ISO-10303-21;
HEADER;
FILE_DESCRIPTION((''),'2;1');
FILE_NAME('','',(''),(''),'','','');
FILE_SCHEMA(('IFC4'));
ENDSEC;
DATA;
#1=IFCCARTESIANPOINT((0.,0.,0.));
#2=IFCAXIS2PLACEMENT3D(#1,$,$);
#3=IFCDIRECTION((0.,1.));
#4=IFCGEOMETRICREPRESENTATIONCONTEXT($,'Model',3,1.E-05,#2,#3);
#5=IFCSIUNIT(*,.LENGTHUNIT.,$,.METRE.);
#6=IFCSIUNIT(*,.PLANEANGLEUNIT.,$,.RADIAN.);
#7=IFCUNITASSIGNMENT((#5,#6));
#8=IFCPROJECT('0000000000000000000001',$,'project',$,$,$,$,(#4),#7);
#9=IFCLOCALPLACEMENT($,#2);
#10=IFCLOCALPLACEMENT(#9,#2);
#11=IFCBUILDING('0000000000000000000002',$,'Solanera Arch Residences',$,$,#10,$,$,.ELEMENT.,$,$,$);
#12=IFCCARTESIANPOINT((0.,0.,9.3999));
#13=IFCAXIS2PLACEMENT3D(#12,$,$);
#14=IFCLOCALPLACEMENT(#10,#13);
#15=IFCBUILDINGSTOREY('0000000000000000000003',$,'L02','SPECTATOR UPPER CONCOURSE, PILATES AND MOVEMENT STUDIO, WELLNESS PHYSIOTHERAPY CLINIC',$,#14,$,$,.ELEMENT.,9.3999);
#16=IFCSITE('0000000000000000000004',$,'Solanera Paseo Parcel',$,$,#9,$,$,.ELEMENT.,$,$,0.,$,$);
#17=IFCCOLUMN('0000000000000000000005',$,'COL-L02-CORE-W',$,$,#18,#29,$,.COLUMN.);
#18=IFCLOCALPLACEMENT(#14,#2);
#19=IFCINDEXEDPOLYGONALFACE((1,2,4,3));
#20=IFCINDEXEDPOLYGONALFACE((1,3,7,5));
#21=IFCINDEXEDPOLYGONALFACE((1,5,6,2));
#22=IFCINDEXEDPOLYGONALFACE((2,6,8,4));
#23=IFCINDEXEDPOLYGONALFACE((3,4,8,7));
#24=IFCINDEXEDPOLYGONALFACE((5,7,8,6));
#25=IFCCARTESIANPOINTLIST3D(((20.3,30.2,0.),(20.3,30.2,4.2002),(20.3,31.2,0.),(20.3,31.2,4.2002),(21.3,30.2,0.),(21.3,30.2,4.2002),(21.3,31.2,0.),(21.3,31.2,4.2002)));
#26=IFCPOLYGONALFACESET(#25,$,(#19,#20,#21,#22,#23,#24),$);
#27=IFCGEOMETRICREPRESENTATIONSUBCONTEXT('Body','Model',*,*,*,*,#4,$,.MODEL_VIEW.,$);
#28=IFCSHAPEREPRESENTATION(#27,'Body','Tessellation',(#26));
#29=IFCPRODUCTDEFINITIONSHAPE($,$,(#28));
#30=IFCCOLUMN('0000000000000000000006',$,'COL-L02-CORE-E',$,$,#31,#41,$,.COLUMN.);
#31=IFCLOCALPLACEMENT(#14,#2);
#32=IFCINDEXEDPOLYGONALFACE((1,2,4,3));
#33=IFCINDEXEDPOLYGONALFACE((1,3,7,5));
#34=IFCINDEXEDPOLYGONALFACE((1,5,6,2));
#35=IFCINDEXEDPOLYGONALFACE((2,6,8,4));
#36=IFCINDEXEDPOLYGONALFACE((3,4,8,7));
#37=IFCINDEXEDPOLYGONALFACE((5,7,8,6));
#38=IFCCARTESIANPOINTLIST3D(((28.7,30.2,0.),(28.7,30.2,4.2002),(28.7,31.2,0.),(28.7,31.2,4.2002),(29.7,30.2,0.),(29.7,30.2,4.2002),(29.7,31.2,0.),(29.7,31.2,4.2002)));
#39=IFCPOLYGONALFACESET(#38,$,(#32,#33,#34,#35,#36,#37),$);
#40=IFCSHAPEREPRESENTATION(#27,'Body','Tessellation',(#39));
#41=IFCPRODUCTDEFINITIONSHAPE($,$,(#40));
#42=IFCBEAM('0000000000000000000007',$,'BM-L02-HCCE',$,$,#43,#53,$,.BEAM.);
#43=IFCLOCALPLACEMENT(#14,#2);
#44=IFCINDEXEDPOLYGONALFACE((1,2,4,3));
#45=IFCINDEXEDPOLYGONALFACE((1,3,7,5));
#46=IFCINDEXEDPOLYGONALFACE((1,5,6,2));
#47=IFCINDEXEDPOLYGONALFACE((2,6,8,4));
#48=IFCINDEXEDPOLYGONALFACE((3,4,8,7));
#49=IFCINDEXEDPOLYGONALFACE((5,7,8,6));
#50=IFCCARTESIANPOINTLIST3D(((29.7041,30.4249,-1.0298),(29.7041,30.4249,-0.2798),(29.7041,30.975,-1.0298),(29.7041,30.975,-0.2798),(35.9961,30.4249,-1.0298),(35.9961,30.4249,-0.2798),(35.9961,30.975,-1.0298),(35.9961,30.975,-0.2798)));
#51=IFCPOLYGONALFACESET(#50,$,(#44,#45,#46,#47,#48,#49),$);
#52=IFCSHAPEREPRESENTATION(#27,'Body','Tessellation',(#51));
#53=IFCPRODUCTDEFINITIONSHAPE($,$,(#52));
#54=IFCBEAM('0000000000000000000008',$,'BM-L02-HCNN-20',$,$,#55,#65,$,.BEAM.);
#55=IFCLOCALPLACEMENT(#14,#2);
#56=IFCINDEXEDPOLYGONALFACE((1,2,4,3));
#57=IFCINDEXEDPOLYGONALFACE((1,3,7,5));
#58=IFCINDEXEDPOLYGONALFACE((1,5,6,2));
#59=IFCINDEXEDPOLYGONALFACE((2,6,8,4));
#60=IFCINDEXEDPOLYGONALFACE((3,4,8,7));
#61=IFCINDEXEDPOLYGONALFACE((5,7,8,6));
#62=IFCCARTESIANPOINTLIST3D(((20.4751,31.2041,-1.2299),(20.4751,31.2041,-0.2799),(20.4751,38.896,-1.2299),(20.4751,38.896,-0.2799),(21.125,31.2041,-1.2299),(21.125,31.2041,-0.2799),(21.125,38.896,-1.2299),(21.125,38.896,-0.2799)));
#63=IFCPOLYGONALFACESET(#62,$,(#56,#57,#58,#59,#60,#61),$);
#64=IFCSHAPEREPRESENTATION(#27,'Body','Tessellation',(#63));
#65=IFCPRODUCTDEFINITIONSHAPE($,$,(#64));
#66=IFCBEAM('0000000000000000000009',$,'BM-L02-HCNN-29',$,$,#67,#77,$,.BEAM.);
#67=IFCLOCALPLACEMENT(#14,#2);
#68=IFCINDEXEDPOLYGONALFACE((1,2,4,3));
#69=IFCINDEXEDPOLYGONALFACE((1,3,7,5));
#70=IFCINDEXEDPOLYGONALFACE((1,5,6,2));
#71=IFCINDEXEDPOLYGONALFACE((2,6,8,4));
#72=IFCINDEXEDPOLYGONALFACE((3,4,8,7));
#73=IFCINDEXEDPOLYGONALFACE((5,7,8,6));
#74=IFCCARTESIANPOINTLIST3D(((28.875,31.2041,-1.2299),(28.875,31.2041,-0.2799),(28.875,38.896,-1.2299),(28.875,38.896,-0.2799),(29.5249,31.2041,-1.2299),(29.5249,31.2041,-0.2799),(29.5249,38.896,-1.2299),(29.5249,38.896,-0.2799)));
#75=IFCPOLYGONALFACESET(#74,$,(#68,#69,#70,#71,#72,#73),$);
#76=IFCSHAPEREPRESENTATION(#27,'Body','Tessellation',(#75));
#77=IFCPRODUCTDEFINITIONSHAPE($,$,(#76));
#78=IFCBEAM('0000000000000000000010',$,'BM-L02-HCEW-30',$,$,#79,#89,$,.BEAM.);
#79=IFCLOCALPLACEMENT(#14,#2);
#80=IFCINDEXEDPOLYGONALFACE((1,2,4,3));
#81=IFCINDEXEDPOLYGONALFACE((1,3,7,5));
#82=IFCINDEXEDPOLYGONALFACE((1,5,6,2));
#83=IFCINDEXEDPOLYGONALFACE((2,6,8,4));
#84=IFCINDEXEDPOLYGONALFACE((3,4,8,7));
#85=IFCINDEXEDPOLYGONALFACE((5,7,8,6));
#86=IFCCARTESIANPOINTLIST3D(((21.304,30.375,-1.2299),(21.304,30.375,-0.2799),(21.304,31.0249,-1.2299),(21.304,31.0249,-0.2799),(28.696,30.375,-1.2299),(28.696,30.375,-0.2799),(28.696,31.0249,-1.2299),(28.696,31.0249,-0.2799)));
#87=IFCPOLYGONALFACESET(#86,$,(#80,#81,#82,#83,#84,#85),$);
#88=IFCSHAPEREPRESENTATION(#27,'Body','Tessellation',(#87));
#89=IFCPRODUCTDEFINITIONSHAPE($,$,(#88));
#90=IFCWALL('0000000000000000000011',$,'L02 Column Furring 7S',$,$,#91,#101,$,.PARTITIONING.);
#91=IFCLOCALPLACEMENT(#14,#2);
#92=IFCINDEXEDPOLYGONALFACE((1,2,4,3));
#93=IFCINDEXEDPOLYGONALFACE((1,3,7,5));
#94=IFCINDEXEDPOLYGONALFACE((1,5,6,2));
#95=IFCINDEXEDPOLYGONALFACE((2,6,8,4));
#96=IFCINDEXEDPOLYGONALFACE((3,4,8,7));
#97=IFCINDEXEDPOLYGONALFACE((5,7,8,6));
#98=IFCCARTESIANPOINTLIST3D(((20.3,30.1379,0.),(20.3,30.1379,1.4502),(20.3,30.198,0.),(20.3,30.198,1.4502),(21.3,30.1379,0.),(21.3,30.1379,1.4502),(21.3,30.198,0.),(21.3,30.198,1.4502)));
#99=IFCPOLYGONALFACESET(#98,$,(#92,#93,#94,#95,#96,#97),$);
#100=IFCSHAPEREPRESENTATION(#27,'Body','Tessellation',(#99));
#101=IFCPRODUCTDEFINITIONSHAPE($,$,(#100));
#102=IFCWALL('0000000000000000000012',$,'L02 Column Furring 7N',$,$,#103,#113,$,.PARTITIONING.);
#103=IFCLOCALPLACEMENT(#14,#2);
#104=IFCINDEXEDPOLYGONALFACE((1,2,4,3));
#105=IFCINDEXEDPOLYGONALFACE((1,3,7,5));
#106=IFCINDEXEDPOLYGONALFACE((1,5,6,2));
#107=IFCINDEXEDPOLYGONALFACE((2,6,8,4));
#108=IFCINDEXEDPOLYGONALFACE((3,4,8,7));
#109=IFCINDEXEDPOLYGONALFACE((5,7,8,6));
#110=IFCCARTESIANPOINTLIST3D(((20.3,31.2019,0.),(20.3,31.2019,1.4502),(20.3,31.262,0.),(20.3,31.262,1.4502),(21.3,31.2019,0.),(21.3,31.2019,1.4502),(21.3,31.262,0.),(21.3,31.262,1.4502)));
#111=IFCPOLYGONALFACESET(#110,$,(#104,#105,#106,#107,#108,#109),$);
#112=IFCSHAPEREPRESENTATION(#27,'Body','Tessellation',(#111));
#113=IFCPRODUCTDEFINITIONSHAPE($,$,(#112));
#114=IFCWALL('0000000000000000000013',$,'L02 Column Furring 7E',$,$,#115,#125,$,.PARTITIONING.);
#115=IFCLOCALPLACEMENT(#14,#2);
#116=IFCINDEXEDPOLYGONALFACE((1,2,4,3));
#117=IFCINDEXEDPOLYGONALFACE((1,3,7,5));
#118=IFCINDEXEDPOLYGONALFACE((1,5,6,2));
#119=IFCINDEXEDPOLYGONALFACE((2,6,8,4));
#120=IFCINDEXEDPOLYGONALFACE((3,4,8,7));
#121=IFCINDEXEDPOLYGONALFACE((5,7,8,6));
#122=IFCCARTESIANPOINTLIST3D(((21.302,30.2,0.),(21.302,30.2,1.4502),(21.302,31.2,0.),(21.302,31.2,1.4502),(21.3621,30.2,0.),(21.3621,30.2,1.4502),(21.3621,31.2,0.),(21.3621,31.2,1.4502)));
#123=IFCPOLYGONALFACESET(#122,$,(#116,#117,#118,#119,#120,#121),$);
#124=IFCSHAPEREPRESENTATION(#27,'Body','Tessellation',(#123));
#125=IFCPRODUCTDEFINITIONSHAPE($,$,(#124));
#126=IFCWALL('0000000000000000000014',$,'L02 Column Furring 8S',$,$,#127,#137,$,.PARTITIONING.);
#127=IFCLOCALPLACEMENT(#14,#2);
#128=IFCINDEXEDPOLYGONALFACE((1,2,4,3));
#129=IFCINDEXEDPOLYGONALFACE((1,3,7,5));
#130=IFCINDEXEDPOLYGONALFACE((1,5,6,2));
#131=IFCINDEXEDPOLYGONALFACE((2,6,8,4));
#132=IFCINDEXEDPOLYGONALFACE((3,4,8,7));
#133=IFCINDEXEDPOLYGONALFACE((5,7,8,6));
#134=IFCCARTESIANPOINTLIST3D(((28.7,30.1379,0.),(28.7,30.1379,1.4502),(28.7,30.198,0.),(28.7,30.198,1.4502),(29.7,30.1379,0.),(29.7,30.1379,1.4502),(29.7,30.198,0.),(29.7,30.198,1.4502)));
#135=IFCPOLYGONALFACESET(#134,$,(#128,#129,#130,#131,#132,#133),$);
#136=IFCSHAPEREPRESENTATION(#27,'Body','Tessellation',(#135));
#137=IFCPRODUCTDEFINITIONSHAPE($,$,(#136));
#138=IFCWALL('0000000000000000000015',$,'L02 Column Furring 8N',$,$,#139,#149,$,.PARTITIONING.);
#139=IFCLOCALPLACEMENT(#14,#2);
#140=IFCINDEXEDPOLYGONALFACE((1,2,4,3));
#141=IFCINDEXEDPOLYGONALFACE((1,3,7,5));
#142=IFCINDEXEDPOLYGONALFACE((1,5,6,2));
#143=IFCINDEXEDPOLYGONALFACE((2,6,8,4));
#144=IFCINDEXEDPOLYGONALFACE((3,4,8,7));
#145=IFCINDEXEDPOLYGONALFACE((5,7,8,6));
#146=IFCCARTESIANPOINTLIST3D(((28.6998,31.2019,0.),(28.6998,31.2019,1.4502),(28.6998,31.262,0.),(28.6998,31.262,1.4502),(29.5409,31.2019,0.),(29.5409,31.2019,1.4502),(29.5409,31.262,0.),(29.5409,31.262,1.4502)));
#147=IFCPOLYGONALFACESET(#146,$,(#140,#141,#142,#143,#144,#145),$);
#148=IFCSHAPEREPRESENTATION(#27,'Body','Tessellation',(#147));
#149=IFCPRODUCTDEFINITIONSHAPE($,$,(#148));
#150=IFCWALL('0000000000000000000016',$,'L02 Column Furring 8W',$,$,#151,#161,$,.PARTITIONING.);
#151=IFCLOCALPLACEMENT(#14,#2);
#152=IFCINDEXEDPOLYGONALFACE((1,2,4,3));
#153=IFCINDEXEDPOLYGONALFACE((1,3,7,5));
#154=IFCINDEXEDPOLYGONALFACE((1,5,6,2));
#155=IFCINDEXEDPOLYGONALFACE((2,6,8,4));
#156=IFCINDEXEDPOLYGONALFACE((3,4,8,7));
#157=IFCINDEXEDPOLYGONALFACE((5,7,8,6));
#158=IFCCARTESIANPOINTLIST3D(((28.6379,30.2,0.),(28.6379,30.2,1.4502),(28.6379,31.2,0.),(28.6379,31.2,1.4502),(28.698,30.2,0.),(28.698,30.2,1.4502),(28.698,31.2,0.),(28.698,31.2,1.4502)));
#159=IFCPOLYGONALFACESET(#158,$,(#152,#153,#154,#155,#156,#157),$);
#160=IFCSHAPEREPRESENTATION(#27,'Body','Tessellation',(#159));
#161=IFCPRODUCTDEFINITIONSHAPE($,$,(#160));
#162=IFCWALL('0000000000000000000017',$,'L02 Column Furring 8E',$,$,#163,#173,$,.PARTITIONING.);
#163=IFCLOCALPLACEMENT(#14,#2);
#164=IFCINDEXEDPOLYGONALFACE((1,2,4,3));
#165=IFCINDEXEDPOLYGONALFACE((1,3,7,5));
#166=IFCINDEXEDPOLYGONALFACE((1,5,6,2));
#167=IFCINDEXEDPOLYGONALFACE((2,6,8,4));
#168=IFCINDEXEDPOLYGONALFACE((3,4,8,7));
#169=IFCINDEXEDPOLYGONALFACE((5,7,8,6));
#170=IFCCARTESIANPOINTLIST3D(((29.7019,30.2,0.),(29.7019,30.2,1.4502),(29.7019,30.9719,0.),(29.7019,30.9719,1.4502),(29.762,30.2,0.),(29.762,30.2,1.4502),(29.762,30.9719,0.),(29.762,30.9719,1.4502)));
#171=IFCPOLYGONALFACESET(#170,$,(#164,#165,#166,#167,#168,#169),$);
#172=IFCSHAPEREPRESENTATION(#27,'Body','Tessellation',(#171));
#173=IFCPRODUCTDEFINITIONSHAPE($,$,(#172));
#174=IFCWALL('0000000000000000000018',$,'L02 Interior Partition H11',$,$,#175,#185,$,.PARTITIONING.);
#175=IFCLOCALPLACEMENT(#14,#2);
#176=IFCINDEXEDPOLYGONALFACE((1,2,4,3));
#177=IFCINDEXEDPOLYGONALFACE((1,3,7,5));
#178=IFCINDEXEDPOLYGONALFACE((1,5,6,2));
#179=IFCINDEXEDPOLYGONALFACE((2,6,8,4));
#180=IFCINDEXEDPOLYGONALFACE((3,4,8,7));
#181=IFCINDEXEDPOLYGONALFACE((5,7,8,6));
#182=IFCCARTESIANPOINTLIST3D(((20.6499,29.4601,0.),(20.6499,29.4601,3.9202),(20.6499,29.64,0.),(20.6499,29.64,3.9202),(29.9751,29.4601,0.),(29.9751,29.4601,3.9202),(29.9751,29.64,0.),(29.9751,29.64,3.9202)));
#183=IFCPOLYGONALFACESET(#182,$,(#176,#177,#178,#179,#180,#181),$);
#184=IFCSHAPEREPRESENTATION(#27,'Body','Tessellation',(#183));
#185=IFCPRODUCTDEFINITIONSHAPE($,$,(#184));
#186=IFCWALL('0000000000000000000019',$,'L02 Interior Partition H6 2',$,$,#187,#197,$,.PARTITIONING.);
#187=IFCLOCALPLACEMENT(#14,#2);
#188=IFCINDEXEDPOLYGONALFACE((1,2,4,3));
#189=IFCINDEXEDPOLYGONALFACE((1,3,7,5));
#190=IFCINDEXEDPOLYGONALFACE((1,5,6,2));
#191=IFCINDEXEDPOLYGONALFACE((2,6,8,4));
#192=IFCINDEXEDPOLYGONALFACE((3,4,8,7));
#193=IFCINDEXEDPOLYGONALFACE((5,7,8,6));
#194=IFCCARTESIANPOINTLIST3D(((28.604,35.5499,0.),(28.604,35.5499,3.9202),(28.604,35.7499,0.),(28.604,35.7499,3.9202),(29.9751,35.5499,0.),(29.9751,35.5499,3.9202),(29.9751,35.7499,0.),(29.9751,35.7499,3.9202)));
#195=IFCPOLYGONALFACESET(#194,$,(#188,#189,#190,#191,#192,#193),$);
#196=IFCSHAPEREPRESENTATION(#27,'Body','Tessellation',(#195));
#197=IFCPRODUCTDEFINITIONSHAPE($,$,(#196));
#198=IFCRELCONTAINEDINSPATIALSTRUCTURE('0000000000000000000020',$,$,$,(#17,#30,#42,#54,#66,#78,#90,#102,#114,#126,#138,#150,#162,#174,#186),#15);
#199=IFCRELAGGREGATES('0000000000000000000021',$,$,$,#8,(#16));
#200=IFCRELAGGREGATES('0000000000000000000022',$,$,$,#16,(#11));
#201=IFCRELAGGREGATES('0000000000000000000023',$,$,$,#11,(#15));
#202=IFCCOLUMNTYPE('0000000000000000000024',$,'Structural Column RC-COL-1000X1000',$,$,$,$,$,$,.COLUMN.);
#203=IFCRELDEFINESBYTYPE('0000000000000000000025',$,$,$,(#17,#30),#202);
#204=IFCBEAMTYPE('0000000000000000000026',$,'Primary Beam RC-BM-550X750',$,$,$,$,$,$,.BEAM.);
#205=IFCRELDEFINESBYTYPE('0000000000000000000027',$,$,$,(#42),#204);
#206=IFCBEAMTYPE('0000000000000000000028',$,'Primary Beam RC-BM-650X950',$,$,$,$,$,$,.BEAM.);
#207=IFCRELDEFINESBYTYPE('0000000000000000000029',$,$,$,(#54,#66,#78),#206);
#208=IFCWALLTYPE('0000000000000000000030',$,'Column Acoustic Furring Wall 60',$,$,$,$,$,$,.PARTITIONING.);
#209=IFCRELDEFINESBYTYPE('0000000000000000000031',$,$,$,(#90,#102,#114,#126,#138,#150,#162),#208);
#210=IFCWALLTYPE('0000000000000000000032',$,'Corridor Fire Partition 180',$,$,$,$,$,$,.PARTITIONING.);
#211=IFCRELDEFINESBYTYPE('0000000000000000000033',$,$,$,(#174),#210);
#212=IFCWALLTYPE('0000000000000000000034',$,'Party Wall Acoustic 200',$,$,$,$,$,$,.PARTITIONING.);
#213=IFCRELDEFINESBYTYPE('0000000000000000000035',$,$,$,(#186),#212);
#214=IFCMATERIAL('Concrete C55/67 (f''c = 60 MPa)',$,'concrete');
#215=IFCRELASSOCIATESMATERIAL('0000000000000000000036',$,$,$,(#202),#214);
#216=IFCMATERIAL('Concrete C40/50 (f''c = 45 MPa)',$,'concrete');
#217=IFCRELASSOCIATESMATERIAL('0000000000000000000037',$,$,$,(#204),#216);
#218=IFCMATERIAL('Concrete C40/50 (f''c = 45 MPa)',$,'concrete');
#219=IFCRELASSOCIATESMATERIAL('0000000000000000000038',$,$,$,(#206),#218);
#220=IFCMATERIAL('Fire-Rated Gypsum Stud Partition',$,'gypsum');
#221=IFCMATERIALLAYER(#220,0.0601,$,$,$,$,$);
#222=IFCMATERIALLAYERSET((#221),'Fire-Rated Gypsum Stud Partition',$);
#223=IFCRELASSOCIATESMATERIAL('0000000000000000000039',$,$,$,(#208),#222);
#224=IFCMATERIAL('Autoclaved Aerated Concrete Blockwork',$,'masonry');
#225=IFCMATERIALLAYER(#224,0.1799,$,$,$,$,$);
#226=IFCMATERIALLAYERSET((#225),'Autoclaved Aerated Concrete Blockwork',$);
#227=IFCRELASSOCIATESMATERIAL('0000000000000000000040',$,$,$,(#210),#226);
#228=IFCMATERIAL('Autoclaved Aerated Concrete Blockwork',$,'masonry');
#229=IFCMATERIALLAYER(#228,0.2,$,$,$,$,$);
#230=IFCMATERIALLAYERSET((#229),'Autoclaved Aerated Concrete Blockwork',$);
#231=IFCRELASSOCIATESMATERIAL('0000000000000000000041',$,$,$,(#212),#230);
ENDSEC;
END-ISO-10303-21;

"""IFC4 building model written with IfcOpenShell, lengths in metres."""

from ifc_helpers import new_model, si_unit, direction, frame, frame_2d, origin, origin_2d, place, context, subcontext, project, spatial, rectangle, extrude, material, layer, layer_set, material_profile, profile_set, type_object, element, save


model = new_model("IFC4")

# Units and contexts
model_context = context("Model", 3, precision=1e-05, world=origin(), true_north=direction((0.0, 1.0)))
body_context = subcontext(model_context, "Body", "Model", "MODEL_VIEW")
ifc_project = project(units=[si_unit("LENGTHUNIT", "METRE"), si_unit("PLANEANGLEUNIT", "RADIAN")], contexts=[model_context])

# Site, building, storey
site_placement = place(None, origin())
site = spatial("IfcSite", under=ifc_project, at=site_placement, Name="Solanera Paseo Parcel", CompositionType="ELEMENT", RefElevation=0.0)
building_placement = place(site_placement, origin())
building = spatial("IfcBuilding", under=site, at=building_placement, Name="Solanera Arch Residences", CompositionType="ELEMENT")
storey_placement = place(building_placement, frame((0.0, 0.0, 9.3999)))
storey = spatial("IfcBuildingStorey", under=building, at=storey_placement, Name="L02", Description="SPECTATOR UPPER CONCOURSE, PILATES AND MOVEMENT STUDIO, WELLNESS PHYSIOTHERAPY CLINIC", CompositionType="ELEMENT", Elevation=9.3999)

# Columns
ifc_material_1 = material(Name="Concrete C55/67 (f'c = 60 MPa)", Category="concrete")
ifc_material_profile_1 = material_profile(ifc_material_1, rectangle(XDim=1.0, YDim=1.0, at=origin_2d()))
ifc_profile_set_1 = profile_set([ifc_material_profile_1], Name="Concrete C55/67 (f'c = 60 MPa)")
column_type = type_object("IfcColumnType", Name="Structural Column RC-COL-1000X1000", PredefinedType="COLUMN", material=ifc_profile_set_1)
for number, where, z_axis, x_axis, name in (
    (1, (20.8, 30.7, 0.0), (0.0, 0.0, 1.0), (1.0, 0.0, 0.0), "COL-L02-CORE-W"),
    (2, (29.2, 30.7, 0.0), (0.0, 0.0, 1.0), (1.0, 0.0, 0.0), "COL-L02-CORE-E"),
):
    element("IfcColumn", number, at=place(storey_placement, frame(where, z_axis=z_axis, x_axis=x_axis)), inside=storey, type_object=column_type, Name=name, PredefinedType="COLUMN", context=body_context, shape_type="SweptSolid", body=[
        extrude(rectangle(XDim=1.0, YDim=1.0, at=origin_2d()), origin(), (0.0, 0.0, 1.0), 4.2002),
    ])

# Beams
ifc_material_2 = material(Name="Concrete C40/50 (f'c = 45 MPa)", Category="concrete")
ifc_material_profile_2 = material_profile(ifc_material_2, rectangle(XDim=0.55, YDim=0.75, at=origin_2d()))
ifc_profile_set_2 = profile_set([ifc_material_profile_2], Name="Concrete C40/50 (f'c = 45 MPa)")
beam_type_1 = type_object("IfcBeamType", Name="Primary Beam RC-BM-550X750", PredefinedType="BEAM", material=ifc_profile_set_2)
beam_1_placement = place(storey_placement, frame((29.7041, 30.7, -0.6548), z_axis=(1.0, 0.0, 0.0), x_axis=(0.0, 1.0, 0.0)))
element("IfcBeam", 3, at=beam_1_placement, inside=storey, type_object=beam_type_1, Name="BM-L02-HCCE", PredefinedType="BEAM", context=body_context, shape_type="SweptSolid", body=[
    extrude(rectangle(XDim=0.55, YDim=0.75, at=origin_2d()), origin(), (0.0, 0.0, 1.0), 6.292),
])
ifc_material_3 = material(Name="Concrete C40/50 (f'c = 45 MPa)", Category="concrete")
ifc_material_profile_3 = material_profile(ifc_material_3, rectangle(XDim=0.6499, YDim=0.95, at=origin_2d()))
ifc_profile_set_3 = profile_set([ifc_material_profile_3], Name="Concrete C40/50 (f'c = 45 MPa)")
beam_type_2 = type_object("IfcBeamType", Name="Primary Beam RC-BM-650X950", PredefinedType="BEAM", material=ifc_profile_set_3)
for number, where, z_axis, x_axis, name in (
    (4, (20.8, 31.2041, -0.7549), (0.0, 1.0, 0.0), (-1.0, 0.0, 0.0), "BM-L02-HCNN-20"),
    (5, (29.2, 31.2041, -0.7549), (0.0, 1.0, 0.0), (-1.0, 0.0, 0.0), "BM-L02-HCNN-29"),
):
    element("IfcBeam", number, at=place(storey_placement, frame(where, z_axis=z_axis, x_axis=x_axis)), inside=storey, type_object=beam_type_2, Name=name, PredefinedType="BEAM", context=body_context, shape_type="SweptSolid", body=[
        extrude(rectangle(XDim=0.6499, YDim=0.95, at=origin_2d()), origin(), (0.0, 0.0, 1.0), 7.6919),
    ])
beam_2_placement = place(storey_placement, frame((21.304, 30.7, -0.7549), z_axis=(1.0, 0.0, 0.0), x_axis=(0.0, 1.0, 0.0)))
element("IfcBeam", 6, at=beam_2_placement, inside=storey, type_object=beam_type_2, Name="BM-L02-HCEW-30", PredefinedType="BEAM", context=body_context, shape_type="SweptSolid", body=[
    extrude(rectangle(XDim=0.6499, YDim=0.95, at=origin_2d()), origin(), (0.0, 0.0, 1.0), 7.3921),
])

# Walls
ifc_material_4 = material(Name="Fire-Rated Gypsum Stud Partition", Category="gypsum")
ifc_layer_1 = layer(ifc_material_4, 0.0601)
ifc_layer_set_1 = layer_set([ifc_layer_1], Name="Fire-Rated Gypsum Stud Partition")
wall_type_1 = type_object("IfcWallType", Name="Column Acoustic Furring Wall 60", PredefinedType="PARTITIONING", material=ifc_layer_set_1)
for number, where, z_axis, x_axis, name in (
    (7, (20.3, 30.168, 0.0), (0.0, 0.0, 1.0), (1.0, 0.0, 0.0), "L02 Column Furring 7S"),
    (8, (20.3, 31.2319, 0.0), (0.0, 0.0, 1.0), (1.0, 0.0, 0.0), "L02 Column Furring 7N"),
    (9, (21.332, 30.2, 0.0), (0.0, 0.0, 1.0), (0.0, 1.0, 0.0), "L02 Column Furring 7E"),
    (10, (28.7, 30.168, 0.0), (0.0, 0.0, 1.0), (1.0, 0.0, 0.0), "L02 Column Furring 8S"),
):
    element("IfcWall", number, at=place(storey_placement, frame(where, z_axis=z_axis, x_axis=x_axis)), inside=storey, type_object=wall_type_1, Name=name, PredefinedType="PARTITIONING", context=body_context, shape_type="SweptSolid", body=[
        extrude(rectangle(XDim=1.0, YDim=0.0601, at=frame_2d((0.5, 0.0))), origin(), (0.0, 0.0, 1.0), 1.4502),
    ])
wall_1_placement = place(storey_placement, frame((28.7, 31.2319, 0.0), z_axis=(0.0, 0.0, 1.0), x_axis=(1.0, 0.0, 0.0)))
element("IfcWall", 11, at=wall_1_placement, inside=storey, type_object=wall_type_1, Name="L02 Column Furring 8N", PredefinedType="PARTITIONING", context=body_context, shape_type="SweptSolid", body=[
    extrude(rectangle(XDim=0.8411, YDim=0.0601, at=frame_2d((0.4204, 0.0))), origin(), (0.0, 0.0, 1.0), 1.4502),
])
wall_2_placement = place(storey_placement, frame((28.668, 30.2, 0.0), z_axis=(0.0, 0.0, 1.0), x_axis=(0.0, 1.0, 0.0)))
element("IfcWall", 12, at=wall_2_placement, inside=storey, type_object=wall_type_1, Name="L02 Column Furring 8W", PredefinedType="PARTITIONING", context=body_context, shape_type="SweptSolid", body=[
    extrude(rectangle(XDim=1.0, YDim=0.0601, at=frame_2d((0.5, 0.0))), origin(), (0.0, 0.0, 1.0), 1.4502),
])
wall_3_placement = place(storey_placement, frame((29.7319, 30.2, 0.0), z_axis=(0.0, 0.0, 1.0), x_axis=(0.0, 1.0, 0.0)))
element("IfcWall", 13, at=wall_3_placement, inside=storey, type_object=wall_type_1, Name="L02 Column Furring 8E", PredefinedType="PARTITIONING", context=body_context, shape_type="SweptSolid", body=[
    extrude(rectangle(XDim=0.772, YDim=0.0601, at=frame_2d((0.386, 0.0))), origin(), (0.0, 0.0, 1.0), 1.4502),
])
ifc_material_5 = material(Name="Autoclaved Aerated Concrete Blockwork", Category="masonry")
ifc_layer_2 = layer(ifc_material_5, 0.1799)
ifc_layer_set_2 = layer_set([ifc_layer_2], Name="Autoclaved Aerated Concrete Blockwork")
wall_type_2 = type_object("IfcWallType", Name="Corridor Fire Partition 180", PredefinedType="PARTITIONING", material=ifc_layer_set_2)
wall_4_placement = place(storey_placement, frame((20.6499, 29.55, 0.0), z_axis=(0.0, 0.0, 1.0), x_axis=(1.0, 0.0, 0.0)))
element("IfcWall", 14, at=wall_4_placement, inside=storey, type_object=wall_type_2, Name="L02 Interior Partition H11", PredefinedType="PARTITIONING", context=body_context, shape_type="SweptSolid", body=[
    extrude(rectangle(XDim=9.3252, YDim=0.1799, at=frame_2d((4.6626, 0.0))), origin(), (0.0, 0.0, 1.0), 3.9202),
])
ifc_material_6 = material(Name="Autoclaved Aerated Concrete Blockwork", Category="masonry")
ifc_layer_3 = layer(ifc_material_6, 0.2)
ifc_layer_set_3 = layer_set([ifc_layer_3], Name="Autoclaved Aerated Concrete Blockwork")
wall_type_3 = type_object("IfcWallType", Name="Party Wall Acoustic 200", PredefinedType="PARTITIONING", material=ifc_layer_set_3)
wall_5_placement = place(storey_placement, frame((28.604, 35.6499, 0.0), z_axis=(0.0, 0.0, 1.0), x_axis=(1.0, 0.0, 0.0)))
element("IfcWall", 15, at=wall_5_placement, inside=storey, type_object=wall_type_3, Name="L02 Interior Partition H6 2", PredefinedType="PARTITIONING", context=body_context, shape_type="SweptSolid", body=[
    extrude(rectangle(XDim=1.3711, YDim=0.2, at=frame_2d((0.6855, 0.0))), origin(), (0.0, 0.0, 1.0), 3.9202),
])

save(model, "model.ifc")
